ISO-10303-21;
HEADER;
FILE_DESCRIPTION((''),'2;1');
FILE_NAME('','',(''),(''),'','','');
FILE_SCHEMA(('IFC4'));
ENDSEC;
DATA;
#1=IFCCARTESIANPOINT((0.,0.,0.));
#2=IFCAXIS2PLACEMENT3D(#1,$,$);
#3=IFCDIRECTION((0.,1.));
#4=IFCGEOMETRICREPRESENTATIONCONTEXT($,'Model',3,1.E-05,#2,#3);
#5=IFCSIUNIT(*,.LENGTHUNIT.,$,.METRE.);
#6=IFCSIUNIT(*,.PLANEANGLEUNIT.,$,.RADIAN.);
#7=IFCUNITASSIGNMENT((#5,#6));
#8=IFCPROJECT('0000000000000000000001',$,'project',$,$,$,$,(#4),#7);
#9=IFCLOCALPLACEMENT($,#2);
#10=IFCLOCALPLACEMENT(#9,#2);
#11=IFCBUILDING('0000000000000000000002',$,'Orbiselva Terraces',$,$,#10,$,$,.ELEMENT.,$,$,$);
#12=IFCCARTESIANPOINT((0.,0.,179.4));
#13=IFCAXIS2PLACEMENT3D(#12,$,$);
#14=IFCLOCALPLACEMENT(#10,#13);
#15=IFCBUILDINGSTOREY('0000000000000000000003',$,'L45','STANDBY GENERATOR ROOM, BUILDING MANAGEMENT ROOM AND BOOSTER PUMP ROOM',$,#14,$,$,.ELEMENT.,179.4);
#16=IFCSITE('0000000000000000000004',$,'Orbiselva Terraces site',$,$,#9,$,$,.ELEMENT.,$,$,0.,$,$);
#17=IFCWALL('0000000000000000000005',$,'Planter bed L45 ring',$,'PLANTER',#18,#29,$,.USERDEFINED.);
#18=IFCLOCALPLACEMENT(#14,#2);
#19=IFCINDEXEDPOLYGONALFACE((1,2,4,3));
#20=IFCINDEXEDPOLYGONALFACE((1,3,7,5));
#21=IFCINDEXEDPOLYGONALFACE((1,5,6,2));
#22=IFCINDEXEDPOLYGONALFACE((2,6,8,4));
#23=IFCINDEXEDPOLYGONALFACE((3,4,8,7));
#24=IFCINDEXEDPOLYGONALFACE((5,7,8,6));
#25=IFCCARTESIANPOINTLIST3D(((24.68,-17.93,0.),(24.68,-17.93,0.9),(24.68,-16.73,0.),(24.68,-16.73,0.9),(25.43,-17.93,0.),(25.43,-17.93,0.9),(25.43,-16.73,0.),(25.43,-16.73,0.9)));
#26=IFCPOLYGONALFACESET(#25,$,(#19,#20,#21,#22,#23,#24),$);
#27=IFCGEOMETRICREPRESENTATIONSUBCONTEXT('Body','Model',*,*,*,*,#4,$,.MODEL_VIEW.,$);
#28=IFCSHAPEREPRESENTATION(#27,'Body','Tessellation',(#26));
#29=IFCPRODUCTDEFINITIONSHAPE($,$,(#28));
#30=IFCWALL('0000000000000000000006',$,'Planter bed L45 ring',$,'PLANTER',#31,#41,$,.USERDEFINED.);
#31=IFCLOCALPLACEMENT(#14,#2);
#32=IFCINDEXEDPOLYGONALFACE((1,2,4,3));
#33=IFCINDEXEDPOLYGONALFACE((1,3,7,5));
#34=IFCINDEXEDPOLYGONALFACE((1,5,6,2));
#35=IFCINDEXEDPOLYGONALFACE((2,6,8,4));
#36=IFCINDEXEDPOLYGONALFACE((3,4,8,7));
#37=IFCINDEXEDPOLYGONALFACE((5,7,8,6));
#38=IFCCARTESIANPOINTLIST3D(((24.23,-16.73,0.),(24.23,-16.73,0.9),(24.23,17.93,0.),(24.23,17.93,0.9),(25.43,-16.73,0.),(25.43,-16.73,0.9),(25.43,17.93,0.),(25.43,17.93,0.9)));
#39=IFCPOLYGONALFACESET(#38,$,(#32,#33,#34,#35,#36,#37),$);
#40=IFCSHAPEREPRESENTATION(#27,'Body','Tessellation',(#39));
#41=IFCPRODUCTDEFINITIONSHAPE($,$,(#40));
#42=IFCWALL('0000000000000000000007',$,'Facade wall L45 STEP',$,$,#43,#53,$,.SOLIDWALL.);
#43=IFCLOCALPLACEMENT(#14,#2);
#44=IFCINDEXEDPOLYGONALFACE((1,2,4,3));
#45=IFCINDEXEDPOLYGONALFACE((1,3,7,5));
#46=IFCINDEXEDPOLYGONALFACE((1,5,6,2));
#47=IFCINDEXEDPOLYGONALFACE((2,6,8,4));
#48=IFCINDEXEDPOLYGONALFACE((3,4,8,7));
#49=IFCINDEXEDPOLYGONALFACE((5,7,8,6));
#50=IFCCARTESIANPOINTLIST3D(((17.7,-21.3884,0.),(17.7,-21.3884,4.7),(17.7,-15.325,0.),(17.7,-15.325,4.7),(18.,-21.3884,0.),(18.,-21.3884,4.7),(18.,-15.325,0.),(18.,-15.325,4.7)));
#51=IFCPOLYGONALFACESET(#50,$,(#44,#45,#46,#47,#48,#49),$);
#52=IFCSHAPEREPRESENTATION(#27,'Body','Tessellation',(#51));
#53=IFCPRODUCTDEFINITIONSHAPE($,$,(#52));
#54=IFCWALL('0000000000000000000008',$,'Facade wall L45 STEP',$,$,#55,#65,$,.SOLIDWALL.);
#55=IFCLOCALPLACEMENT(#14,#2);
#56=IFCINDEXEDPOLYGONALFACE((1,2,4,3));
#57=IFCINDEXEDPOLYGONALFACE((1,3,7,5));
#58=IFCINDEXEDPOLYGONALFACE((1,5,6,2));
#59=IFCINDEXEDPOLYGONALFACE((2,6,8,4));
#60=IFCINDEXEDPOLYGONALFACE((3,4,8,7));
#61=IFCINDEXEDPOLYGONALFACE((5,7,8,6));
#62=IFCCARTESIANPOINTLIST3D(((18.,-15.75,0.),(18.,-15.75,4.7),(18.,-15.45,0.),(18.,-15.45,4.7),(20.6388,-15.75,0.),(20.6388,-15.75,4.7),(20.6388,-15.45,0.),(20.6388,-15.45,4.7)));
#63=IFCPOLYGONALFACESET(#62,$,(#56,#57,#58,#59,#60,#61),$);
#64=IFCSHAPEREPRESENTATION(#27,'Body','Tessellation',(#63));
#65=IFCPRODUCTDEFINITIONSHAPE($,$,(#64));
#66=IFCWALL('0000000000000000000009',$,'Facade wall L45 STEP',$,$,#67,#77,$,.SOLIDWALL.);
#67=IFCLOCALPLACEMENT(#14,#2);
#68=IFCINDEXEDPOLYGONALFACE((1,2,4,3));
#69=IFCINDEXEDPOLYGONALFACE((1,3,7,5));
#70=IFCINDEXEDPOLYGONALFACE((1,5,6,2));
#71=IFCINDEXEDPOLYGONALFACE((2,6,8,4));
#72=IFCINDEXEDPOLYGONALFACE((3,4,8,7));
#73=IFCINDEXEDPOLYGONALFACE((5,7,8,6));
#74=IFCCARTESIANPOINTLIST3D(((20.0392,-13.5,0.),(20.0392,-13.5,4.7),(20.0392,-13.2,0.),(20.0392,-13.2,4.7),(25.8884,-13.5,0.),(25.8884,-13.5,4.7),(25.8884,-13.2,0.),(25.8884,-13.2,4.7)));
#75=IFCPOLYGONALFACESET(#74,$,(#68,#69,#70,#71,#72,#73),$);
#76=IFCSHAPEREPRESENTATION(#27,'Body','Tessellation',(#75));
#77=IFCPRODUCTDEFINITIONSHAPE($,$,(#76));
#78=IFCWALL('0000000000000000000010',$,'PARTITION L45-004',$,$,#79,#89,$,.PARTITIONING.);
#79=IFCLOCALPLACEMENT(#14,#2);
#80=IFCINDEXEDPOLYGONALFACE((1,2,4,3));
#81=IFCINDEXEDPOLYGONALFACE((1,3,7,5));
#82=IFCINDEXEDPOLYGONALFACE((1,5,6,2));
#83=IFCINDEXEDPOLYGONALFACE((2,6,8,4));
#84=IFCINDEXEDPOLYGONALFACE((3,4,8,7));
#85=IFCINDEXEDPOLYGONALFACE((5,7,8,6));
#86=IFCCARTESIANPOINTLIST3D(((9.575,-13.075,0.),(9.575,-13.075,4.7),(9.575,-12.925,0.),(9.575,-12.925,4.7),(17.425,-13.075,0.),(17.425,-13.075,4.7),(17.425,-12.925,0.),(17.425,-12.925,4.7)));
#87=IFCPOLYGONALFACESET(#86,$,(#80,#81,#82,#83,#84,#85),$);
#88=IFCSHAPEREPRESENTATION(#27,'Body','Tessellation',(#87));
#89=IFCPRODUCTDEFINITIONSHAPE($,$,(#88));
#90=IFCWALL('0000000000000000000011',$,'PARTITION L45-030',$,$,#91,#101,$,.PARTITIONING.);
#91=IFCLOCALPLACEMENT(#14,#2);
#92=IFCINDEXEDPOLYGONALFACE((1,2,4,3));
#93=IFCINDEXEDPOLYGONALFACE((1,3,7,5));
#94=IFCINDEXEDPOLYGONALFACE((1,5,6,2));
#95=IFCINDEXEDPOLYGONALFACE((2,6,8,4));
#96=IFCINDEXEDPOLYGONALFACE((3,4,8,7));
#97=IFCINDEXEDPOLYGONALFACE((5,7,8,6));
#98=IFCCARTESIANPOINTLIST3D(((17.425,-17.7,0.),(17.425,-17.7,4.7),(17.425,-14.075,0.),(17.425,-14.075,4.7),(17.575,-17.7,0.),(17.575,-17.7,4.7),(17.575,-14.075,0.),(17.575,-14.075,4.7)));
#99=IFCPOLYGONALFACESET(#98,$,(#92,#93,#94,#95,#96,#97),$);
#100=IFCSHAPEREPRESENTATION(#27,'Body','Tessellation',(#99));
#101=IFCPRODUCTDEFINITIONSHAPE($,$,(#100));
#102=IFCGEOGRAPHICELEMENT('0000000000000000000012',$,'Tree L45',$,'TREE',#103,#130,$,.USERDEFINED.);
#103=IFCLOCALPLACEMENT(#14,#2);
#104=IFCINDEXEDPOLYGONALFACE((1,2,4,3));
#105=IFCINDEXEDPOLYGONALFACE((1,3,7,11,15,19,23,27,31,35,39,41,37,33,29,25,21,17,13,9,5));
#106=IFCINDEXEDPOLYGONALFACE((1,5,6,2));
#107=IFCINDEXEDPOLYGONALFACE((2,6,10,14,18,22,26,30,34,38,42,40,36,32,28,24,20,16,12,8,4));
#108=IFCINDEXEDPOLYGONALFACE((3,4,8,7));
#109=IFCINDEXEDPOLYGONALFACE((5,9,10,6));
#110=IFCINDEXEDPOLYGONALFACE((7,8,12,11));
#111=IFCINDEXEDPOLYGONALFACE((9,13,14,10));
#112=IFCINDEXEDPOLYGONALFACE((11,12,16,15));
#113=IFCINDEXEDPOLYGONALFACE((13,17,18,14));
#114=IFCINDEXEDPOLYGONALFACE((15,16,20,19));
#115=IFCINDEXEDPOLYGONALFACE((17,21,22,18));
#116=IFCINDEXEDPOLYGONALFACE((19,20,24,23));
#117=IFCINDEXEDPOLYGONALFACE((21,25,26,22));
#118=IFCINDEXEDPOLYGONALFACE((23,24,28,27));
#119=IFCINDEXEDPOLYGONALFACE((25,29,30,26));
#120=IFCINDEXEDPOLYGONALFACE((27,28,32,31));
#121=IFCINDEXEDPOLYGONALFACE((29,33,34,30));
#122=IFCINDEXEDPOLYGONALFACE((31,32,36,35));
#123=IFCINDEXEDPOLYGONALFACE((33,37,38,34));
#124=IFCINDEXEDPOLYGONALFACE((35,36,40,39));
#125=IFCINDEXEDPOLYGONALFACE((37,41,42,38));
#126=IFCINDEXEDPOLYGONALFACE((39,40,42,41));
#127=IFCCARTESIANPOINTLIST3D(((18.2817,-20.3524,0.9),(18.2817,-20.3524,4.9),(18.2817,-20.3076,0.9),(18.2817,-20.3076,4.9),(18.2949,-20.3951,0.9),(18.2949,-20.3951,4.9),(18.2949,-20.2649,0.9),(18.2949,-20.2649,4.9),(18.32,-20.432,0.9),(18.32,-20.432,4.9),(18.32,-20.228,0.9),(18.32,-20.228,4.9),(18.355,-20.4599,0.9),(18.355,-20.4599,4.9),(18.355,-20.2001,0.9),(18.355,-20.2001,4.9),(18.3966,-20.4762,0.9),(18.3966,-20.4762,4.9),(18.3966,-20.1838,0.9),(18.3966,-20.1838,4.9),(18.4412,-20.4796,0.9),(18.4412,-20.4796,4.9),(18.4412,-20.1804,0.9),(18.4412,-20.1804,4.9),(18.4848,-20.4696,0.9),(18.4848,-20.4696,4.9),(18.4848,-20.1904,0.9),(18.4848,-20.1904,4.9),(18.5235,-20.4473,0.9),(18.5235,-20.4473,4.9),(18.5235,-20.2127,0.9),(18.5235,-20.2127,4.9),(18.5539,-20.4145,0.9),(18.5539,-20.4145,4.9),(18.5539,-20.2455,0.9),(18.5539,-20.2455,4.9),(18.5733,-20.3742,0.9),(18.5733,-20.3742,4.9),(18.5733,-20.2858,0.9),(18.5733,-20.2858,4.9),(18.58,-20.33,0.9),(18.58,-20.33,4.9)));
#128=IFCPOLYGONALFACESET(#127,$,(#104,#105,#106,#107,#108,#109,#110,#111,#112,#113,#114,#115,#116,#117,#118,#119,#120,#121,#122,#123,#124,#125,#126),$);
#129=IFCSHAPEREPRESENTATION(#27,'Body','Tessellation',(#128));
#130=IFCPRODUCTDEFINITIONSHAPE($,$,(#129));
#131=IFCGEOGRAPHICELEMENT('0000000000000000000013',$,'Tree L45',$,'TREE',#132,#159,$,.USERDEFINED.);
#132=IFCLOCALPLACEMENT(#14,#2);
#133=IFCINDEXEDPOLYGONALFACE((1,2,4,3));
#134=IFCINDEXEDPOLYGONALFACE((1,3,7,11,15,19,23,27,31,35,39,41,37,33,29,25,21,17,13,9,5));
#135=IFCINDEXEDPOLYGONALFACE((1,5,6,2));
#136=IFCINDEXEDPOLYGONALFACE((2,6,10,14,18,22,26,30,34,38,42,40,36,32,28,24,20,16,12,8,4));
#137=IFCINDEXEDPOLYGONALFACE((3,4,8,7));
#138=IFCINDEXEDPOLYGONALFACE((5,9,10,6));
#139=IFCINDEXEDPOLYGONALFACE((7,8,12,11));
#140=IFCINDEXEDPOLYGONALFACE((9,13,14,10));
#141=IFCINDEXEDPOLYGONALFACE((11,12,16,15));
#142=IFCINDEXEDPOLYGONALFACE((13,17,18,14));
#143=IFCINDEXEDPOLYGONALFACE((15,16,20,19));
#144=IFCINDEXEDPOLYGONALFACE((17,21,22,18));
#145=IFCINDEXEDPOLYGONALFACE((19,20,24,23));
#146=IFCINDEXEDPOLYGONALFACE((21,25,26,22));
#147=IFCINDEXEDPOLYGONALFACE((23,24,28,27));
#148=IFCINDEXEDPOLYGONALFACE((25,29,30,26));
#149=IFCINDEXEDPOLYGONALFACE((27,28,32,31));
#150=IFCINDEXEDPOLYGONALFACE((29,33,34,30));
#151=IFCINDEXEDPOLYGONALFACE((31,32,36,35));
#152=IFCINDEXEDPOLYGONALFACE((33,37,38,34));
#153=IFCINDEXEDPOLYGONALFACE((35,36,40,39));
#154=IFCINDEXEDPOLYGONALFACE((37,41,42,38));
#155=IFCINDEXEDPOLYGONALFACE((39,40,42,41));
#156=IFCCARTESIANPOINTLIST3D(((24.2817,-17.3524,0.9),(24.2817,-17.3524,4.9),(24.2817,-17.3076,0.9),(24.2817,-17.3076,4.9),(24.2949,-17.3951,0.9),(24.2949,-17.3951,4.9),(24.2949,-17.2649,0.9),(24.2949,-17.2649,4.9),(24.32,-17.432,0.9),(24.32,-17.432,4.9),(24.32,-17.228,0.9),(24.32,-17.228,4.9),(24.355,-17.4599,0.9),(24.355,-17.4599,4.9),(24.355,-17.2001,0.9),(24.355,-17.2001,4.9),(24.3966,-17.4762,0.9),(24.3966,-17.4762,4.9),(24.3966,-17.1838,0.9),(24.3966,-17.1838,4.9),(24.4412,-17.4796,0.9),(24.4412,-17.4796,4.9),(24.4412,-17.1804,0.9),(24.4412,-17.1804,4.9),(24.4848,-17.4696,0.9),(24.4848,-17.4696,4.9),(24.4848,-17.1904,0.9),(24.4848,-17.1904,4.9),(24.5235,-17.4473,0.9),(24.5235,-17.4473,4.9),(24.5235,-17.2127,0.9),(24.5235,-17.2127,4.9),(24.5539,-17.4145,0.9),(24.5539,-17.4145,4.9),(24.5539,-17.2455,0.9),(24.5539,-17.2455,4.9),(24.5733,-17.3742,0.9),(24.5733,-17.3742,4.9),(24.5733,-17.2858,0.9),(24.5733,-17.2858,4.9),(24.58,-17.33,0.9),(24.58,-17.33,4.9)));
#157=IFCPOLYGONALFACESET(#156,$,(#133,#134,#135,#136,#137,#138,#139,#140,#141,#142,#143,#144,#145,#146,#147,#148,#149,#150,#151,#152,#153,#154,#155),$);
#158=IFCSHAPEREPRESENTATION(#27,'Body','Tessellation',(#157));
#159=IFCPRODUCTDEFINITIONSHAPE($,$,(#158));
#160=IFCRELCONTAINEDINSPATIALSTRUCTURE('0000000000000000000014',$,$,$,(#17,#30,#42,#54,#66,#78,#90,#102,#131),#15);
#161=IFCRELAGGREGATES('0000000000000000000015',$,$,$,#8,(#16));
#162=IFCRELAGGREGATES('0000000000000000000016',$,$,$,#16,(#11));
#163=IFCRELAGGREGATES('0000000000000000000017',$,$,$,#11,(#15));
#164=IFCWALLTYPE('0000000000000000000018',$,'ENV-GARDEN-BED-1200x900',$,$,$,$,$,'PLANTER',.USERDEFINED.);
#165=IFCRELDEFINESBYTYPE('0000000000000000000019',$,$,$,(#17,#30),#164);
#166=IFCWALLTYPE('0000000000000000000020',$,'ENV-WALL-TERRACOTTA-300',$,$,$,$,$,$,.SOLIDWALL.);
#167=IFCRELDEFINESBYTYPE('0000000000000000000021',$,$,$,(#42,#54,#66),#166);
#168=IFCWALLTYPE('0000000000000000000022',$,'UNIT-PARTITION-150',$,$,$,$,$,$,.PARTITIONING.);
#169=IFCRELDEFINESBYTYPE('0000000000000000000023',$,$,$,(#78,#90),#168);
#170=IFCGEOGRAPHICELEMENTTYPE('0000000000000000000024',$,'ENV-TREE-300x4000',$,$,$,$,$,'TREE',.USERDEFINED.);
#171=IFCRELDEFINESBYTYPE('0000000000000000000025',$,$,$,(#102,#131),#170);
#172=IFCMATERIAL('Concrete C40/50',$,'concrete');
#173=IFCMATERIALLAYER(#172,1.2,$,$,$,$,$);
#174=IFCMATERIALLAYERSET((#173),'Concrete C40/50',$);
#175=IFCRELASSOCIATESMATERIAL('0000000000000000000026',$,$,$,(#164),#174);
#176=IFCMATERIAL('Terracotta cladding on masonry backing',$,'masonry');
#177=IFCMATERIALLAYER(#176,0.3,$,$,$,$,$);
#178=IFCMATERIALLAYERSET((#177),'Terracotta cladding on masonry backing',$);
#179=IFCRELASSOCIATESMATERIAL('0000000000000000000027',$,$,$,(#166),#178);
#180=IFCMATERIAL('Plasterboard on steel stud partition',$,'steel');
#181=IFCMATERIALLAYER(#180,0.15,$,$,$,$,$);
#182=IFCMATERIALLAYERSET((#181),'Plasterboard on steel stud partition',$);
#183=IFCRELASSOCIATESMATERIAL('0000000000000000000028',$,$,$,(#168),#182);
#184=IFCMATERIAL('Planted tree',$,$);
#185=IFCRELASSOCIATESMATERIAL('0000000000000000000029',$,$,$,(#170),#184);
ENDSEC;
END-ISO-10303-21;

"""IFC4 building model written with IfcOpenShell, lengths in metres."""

from ifc_helpers import new_model, si_unit, direction, frame, frame_2d, origin, origin_2d, place, context, subcontext, project, spatial, rectangle, circle, extrude, material, layer, layer_set, type_object, element, save


model = new_model("IFC4")

# Units and contexts
model_context = context("Model", 3, precision=1e-05, world=origin(), true_north=direction((0.0, 1.0)))
body_context = subcontext(model_context, "Body", "Model", "MODEL_VIEW")
ifc_project = project(units=[si_unit("LENGTHUNIT", "METRE"), si_unit("PLANEANGLEUNIT", "RADIAN")], contexts=[model_context])

# Site, building, storey
site_placement = place(None, origin())
site = spatial("IfcSite", under=ifc_project, at=site_placement, Name="Orbiselva Terraces site", CompositionType="ELEMENT", RefElevation=0.0)
building_placement = place(site_placement, origin())
building = spatial("IfcBuilding", under=site, at=building_placement, Name="Orbiselva Terraces", CompositionType="ELEMENT")
storey_placement = place(building_placement, frame((0.0, 0.0, 179.4)))
storey = spatial("IfcBuildingStorey", under=building, at=storey_placement, Name="L45", Description="STANDBY GENERATOR ROOM, BUILDING MANAGEMENT ROOM AND BOOSTER PUMP ROOM", CompositionType="ELEMENT", Elevation=179.4)

# Walls
ifc_material_1 = material(Name="Concrete C40/50", Category="concrete")
ifc_layer_1 = layer(ifc_material_1, 1.2)
ifc_layer_set_1 = layer_set([ifc_layer_1], Name="Concrete C40/50")
wall_type_1 = type_object("IfcWallType", Name="ENV-GARDEN-BED-1200x900", ElementType="PLANTER", PredefinedType="USERDEFINED", material=ifc_layer_set_1)
wall_1_placement = place(storey_placement, frame((24.68, -17.33, 0.0), z_axis=(0.0, 0.0, 1.0), x_axis=(1.0, 0.0, 0.0)))
element("IfcWall", 1, at=wall_1_placement, inside=storey, type_object=wall_type_1, Name="Planter bed L45 ring", ObjectType="PLANTER", PredefinedType="USERDEFINED", context=body_context, shape_type="SweptSolid", body=[
    extrude(rectangle(XDim=0.75, YDim=1.2, at=frame_2d((0.375, 0.0))), origin(), (0.0, 0.0, 1.0), 0.9),
])
wall_2_placement = place(storey_placement, frame((24.83, -16.73, 0.0), z_axis=(0.0, 0.0, 1.0), x_axis=(0.0, 1.0, 0.0)))
element("IfcWall", 2, at=wall_2_placement, inside=storey, type_object=wall_type_1, Name="Planter bed L45 ring", ObjectType="PLANTER", PredefinedType="USERDEFINED", context=body_context, shape_type="SweptSolid", body=[
    extrude(rectangle(XDim=34.66, YDim=1.2, at=frame_2d((17.33, 0.0))), origin(), (0.0, 0.0, 1.0), 0.9),
])
ifc_material_2 = material(Name="Terracotta cladding on masonry backing", Category="masonry")
ifc_layer_2 = layer(ifc_material_2, 0.3)
ifc_layer_set_2 = layer_set([ifc_layer_2], Name="Terracotta cladding on masonry backing")
wall_type_2 = type_object("IfcWallType", Name="ENV-WALL-TERRACOTTA-300", PredefinedType="SOLIDWALL", material=ifc_layer_set_2)
wall_3_placement = place(storey_placement, frame((17.85, -15.325, 0.0), z_axis=(0.0, 0.0, 1.0), x_axis=(0.0, -1.0, 0.0)))
element("IfcWall", 3, at=wall_3_placement, inside=storey, type_object=wall_type_2, Name="Facade wall L45 STEP", PredefinedType="SOLIDWALL", context=body_context, shape_type="SweptSolid", body=[
    extrude(rectangle(XDim=6.0634, YDim=0.3, at=frame_2d((3.0317, 0.0))), origin(), (0.0, 0.0, 1.0), 4.7),
])
wall_4_placement = place(storey_placement, frame((20.6388, -15.6, 0.0), z_axis=(0.0, 0.0, 1.0), x_axis=(-1.0, 0.0, 0.0)))
element("IfcWall", 4, at=wall_4_placement, inside=storey, type_object=wall_type_2, Name="Facade wall L45 STEP", PredefinedType="SOLIDWALL", context=body_context, shape_type="SweptSolid", body=[
    extrude(rectangle(XDim=2.6388, YDim=0.3, at=frame_2d((1.3194, 0.0))), origin(), (0.0, 0.0, 1.0), 4.7),
])
wall_5_placement = place(storey_placement, frame((25.8884, -13.35, 0.0), z_axis=(0.0, 0.0, 1.0), x_axis=(-1.0, 0.0, 0.0)))
element("IfcWall", 5, at=wall_5_placement, inside=storey, type_object=wall_type_2, Name="Facade wall L45 STEP", PredefinedType="SOLIDWALL", context=body_context, shape_type="SweptSolid", body=[
    extrude(rectangle(XDim=5.8492, YDim=0.3, at=frame_2d((2.9246, 0.0))), origin(), (0.0, 0.0, 1.0), 4.7),
])
ifc_material_3 = material(Name="Plasterboard on steel stud partition", Category="steel")
ifc_layer_3 = layer(ifc_material_3, 0.15)
ifc_layer_set_3 = layer_set([ifc_layer_3], Name="Plasterboard on steel stud partition")
wall_type_3 = type_object("IfcWallType", Name="UNIT-PARTITION-150", PredefinedType="PARTITIONING", material=ifc_layer_set_3)
wall_6_placement = place(storey_placement, frame((9.575, -13.0, 0.0), z_axis=(0.0, 0.0, 1.0), x_axis=(1.0, 0.0, 0.0)))
element("IfcWall", 6, at=wall_6_placement, inside=storey, type_object=wall_type_3, Name="PARTITION L45-004", PredefinedType="PARTITIONING", context=body_context, shape_type="SweptSolid", body=[
    extrude(rectangle(XDim=7.85, YDim=0.15, at=frame_2d((3.925, 0.0))), origin(), (0.0, 0.0, 1.0), 4.7),
])
wall_7_placement = place(storey_placement, frame((17.5, -17.7, 0.0), z_axis=(0.0, 0.0, 1.0), x_axis=(0.0, 1.0, 0.0)))
element("IfcWall", 7, at=wall_7_placement, inside=storey, type_object=wall_type_3, Name="PARTITION L45-030", PredefinedType="PARTITIONING", context=body_context, shape_type="SweptSolid", body=[
    extrude(rectangle(XDim=3.625, YDim=0.15, at=frame_2d((1.8125, 0.0))), origin(), (0.0, 0.0, 1.0), 4.7),
])

# Geographic elements
ifc_material_4 = material(Name="Planted tree")
geographic_element_type = type_object("IfcGeographicElementType", Name="ENV-TREE-300x4000", ElementType="TREE", PredefinedType="USERDEFINED", material=ifc_material_4)
for number, where, z_axis, x_axis, name in (
    (8, (18.43, -20.33, 4.9), (0.0, 0.0, -1.0), (1.0, 0.0, 0.0), "Tree L45"),
    (9, (24.43, -17.33, 4.9), (0.0, 0.0, -1.0), (1.0, 0.0, 0.0), "Tree L45"),
):
    element("IfcGeographicElement", number, at=place(storey_placement, frame(where, z_axis=z_axis, x_axis=x_axis)), inside=storey, type_object=geographic_element_type, Name=name, ObjectType="TREE", PredefinedType="USERDEFINED", context=body_context, shape_type="SweptSolid", body=[
        extrude(circle(Radius=0.15, at=origin_2d()), origin(), (0.0, 0.0, 1.0), 4.0),
    ])

save(model, "model.ifc")
